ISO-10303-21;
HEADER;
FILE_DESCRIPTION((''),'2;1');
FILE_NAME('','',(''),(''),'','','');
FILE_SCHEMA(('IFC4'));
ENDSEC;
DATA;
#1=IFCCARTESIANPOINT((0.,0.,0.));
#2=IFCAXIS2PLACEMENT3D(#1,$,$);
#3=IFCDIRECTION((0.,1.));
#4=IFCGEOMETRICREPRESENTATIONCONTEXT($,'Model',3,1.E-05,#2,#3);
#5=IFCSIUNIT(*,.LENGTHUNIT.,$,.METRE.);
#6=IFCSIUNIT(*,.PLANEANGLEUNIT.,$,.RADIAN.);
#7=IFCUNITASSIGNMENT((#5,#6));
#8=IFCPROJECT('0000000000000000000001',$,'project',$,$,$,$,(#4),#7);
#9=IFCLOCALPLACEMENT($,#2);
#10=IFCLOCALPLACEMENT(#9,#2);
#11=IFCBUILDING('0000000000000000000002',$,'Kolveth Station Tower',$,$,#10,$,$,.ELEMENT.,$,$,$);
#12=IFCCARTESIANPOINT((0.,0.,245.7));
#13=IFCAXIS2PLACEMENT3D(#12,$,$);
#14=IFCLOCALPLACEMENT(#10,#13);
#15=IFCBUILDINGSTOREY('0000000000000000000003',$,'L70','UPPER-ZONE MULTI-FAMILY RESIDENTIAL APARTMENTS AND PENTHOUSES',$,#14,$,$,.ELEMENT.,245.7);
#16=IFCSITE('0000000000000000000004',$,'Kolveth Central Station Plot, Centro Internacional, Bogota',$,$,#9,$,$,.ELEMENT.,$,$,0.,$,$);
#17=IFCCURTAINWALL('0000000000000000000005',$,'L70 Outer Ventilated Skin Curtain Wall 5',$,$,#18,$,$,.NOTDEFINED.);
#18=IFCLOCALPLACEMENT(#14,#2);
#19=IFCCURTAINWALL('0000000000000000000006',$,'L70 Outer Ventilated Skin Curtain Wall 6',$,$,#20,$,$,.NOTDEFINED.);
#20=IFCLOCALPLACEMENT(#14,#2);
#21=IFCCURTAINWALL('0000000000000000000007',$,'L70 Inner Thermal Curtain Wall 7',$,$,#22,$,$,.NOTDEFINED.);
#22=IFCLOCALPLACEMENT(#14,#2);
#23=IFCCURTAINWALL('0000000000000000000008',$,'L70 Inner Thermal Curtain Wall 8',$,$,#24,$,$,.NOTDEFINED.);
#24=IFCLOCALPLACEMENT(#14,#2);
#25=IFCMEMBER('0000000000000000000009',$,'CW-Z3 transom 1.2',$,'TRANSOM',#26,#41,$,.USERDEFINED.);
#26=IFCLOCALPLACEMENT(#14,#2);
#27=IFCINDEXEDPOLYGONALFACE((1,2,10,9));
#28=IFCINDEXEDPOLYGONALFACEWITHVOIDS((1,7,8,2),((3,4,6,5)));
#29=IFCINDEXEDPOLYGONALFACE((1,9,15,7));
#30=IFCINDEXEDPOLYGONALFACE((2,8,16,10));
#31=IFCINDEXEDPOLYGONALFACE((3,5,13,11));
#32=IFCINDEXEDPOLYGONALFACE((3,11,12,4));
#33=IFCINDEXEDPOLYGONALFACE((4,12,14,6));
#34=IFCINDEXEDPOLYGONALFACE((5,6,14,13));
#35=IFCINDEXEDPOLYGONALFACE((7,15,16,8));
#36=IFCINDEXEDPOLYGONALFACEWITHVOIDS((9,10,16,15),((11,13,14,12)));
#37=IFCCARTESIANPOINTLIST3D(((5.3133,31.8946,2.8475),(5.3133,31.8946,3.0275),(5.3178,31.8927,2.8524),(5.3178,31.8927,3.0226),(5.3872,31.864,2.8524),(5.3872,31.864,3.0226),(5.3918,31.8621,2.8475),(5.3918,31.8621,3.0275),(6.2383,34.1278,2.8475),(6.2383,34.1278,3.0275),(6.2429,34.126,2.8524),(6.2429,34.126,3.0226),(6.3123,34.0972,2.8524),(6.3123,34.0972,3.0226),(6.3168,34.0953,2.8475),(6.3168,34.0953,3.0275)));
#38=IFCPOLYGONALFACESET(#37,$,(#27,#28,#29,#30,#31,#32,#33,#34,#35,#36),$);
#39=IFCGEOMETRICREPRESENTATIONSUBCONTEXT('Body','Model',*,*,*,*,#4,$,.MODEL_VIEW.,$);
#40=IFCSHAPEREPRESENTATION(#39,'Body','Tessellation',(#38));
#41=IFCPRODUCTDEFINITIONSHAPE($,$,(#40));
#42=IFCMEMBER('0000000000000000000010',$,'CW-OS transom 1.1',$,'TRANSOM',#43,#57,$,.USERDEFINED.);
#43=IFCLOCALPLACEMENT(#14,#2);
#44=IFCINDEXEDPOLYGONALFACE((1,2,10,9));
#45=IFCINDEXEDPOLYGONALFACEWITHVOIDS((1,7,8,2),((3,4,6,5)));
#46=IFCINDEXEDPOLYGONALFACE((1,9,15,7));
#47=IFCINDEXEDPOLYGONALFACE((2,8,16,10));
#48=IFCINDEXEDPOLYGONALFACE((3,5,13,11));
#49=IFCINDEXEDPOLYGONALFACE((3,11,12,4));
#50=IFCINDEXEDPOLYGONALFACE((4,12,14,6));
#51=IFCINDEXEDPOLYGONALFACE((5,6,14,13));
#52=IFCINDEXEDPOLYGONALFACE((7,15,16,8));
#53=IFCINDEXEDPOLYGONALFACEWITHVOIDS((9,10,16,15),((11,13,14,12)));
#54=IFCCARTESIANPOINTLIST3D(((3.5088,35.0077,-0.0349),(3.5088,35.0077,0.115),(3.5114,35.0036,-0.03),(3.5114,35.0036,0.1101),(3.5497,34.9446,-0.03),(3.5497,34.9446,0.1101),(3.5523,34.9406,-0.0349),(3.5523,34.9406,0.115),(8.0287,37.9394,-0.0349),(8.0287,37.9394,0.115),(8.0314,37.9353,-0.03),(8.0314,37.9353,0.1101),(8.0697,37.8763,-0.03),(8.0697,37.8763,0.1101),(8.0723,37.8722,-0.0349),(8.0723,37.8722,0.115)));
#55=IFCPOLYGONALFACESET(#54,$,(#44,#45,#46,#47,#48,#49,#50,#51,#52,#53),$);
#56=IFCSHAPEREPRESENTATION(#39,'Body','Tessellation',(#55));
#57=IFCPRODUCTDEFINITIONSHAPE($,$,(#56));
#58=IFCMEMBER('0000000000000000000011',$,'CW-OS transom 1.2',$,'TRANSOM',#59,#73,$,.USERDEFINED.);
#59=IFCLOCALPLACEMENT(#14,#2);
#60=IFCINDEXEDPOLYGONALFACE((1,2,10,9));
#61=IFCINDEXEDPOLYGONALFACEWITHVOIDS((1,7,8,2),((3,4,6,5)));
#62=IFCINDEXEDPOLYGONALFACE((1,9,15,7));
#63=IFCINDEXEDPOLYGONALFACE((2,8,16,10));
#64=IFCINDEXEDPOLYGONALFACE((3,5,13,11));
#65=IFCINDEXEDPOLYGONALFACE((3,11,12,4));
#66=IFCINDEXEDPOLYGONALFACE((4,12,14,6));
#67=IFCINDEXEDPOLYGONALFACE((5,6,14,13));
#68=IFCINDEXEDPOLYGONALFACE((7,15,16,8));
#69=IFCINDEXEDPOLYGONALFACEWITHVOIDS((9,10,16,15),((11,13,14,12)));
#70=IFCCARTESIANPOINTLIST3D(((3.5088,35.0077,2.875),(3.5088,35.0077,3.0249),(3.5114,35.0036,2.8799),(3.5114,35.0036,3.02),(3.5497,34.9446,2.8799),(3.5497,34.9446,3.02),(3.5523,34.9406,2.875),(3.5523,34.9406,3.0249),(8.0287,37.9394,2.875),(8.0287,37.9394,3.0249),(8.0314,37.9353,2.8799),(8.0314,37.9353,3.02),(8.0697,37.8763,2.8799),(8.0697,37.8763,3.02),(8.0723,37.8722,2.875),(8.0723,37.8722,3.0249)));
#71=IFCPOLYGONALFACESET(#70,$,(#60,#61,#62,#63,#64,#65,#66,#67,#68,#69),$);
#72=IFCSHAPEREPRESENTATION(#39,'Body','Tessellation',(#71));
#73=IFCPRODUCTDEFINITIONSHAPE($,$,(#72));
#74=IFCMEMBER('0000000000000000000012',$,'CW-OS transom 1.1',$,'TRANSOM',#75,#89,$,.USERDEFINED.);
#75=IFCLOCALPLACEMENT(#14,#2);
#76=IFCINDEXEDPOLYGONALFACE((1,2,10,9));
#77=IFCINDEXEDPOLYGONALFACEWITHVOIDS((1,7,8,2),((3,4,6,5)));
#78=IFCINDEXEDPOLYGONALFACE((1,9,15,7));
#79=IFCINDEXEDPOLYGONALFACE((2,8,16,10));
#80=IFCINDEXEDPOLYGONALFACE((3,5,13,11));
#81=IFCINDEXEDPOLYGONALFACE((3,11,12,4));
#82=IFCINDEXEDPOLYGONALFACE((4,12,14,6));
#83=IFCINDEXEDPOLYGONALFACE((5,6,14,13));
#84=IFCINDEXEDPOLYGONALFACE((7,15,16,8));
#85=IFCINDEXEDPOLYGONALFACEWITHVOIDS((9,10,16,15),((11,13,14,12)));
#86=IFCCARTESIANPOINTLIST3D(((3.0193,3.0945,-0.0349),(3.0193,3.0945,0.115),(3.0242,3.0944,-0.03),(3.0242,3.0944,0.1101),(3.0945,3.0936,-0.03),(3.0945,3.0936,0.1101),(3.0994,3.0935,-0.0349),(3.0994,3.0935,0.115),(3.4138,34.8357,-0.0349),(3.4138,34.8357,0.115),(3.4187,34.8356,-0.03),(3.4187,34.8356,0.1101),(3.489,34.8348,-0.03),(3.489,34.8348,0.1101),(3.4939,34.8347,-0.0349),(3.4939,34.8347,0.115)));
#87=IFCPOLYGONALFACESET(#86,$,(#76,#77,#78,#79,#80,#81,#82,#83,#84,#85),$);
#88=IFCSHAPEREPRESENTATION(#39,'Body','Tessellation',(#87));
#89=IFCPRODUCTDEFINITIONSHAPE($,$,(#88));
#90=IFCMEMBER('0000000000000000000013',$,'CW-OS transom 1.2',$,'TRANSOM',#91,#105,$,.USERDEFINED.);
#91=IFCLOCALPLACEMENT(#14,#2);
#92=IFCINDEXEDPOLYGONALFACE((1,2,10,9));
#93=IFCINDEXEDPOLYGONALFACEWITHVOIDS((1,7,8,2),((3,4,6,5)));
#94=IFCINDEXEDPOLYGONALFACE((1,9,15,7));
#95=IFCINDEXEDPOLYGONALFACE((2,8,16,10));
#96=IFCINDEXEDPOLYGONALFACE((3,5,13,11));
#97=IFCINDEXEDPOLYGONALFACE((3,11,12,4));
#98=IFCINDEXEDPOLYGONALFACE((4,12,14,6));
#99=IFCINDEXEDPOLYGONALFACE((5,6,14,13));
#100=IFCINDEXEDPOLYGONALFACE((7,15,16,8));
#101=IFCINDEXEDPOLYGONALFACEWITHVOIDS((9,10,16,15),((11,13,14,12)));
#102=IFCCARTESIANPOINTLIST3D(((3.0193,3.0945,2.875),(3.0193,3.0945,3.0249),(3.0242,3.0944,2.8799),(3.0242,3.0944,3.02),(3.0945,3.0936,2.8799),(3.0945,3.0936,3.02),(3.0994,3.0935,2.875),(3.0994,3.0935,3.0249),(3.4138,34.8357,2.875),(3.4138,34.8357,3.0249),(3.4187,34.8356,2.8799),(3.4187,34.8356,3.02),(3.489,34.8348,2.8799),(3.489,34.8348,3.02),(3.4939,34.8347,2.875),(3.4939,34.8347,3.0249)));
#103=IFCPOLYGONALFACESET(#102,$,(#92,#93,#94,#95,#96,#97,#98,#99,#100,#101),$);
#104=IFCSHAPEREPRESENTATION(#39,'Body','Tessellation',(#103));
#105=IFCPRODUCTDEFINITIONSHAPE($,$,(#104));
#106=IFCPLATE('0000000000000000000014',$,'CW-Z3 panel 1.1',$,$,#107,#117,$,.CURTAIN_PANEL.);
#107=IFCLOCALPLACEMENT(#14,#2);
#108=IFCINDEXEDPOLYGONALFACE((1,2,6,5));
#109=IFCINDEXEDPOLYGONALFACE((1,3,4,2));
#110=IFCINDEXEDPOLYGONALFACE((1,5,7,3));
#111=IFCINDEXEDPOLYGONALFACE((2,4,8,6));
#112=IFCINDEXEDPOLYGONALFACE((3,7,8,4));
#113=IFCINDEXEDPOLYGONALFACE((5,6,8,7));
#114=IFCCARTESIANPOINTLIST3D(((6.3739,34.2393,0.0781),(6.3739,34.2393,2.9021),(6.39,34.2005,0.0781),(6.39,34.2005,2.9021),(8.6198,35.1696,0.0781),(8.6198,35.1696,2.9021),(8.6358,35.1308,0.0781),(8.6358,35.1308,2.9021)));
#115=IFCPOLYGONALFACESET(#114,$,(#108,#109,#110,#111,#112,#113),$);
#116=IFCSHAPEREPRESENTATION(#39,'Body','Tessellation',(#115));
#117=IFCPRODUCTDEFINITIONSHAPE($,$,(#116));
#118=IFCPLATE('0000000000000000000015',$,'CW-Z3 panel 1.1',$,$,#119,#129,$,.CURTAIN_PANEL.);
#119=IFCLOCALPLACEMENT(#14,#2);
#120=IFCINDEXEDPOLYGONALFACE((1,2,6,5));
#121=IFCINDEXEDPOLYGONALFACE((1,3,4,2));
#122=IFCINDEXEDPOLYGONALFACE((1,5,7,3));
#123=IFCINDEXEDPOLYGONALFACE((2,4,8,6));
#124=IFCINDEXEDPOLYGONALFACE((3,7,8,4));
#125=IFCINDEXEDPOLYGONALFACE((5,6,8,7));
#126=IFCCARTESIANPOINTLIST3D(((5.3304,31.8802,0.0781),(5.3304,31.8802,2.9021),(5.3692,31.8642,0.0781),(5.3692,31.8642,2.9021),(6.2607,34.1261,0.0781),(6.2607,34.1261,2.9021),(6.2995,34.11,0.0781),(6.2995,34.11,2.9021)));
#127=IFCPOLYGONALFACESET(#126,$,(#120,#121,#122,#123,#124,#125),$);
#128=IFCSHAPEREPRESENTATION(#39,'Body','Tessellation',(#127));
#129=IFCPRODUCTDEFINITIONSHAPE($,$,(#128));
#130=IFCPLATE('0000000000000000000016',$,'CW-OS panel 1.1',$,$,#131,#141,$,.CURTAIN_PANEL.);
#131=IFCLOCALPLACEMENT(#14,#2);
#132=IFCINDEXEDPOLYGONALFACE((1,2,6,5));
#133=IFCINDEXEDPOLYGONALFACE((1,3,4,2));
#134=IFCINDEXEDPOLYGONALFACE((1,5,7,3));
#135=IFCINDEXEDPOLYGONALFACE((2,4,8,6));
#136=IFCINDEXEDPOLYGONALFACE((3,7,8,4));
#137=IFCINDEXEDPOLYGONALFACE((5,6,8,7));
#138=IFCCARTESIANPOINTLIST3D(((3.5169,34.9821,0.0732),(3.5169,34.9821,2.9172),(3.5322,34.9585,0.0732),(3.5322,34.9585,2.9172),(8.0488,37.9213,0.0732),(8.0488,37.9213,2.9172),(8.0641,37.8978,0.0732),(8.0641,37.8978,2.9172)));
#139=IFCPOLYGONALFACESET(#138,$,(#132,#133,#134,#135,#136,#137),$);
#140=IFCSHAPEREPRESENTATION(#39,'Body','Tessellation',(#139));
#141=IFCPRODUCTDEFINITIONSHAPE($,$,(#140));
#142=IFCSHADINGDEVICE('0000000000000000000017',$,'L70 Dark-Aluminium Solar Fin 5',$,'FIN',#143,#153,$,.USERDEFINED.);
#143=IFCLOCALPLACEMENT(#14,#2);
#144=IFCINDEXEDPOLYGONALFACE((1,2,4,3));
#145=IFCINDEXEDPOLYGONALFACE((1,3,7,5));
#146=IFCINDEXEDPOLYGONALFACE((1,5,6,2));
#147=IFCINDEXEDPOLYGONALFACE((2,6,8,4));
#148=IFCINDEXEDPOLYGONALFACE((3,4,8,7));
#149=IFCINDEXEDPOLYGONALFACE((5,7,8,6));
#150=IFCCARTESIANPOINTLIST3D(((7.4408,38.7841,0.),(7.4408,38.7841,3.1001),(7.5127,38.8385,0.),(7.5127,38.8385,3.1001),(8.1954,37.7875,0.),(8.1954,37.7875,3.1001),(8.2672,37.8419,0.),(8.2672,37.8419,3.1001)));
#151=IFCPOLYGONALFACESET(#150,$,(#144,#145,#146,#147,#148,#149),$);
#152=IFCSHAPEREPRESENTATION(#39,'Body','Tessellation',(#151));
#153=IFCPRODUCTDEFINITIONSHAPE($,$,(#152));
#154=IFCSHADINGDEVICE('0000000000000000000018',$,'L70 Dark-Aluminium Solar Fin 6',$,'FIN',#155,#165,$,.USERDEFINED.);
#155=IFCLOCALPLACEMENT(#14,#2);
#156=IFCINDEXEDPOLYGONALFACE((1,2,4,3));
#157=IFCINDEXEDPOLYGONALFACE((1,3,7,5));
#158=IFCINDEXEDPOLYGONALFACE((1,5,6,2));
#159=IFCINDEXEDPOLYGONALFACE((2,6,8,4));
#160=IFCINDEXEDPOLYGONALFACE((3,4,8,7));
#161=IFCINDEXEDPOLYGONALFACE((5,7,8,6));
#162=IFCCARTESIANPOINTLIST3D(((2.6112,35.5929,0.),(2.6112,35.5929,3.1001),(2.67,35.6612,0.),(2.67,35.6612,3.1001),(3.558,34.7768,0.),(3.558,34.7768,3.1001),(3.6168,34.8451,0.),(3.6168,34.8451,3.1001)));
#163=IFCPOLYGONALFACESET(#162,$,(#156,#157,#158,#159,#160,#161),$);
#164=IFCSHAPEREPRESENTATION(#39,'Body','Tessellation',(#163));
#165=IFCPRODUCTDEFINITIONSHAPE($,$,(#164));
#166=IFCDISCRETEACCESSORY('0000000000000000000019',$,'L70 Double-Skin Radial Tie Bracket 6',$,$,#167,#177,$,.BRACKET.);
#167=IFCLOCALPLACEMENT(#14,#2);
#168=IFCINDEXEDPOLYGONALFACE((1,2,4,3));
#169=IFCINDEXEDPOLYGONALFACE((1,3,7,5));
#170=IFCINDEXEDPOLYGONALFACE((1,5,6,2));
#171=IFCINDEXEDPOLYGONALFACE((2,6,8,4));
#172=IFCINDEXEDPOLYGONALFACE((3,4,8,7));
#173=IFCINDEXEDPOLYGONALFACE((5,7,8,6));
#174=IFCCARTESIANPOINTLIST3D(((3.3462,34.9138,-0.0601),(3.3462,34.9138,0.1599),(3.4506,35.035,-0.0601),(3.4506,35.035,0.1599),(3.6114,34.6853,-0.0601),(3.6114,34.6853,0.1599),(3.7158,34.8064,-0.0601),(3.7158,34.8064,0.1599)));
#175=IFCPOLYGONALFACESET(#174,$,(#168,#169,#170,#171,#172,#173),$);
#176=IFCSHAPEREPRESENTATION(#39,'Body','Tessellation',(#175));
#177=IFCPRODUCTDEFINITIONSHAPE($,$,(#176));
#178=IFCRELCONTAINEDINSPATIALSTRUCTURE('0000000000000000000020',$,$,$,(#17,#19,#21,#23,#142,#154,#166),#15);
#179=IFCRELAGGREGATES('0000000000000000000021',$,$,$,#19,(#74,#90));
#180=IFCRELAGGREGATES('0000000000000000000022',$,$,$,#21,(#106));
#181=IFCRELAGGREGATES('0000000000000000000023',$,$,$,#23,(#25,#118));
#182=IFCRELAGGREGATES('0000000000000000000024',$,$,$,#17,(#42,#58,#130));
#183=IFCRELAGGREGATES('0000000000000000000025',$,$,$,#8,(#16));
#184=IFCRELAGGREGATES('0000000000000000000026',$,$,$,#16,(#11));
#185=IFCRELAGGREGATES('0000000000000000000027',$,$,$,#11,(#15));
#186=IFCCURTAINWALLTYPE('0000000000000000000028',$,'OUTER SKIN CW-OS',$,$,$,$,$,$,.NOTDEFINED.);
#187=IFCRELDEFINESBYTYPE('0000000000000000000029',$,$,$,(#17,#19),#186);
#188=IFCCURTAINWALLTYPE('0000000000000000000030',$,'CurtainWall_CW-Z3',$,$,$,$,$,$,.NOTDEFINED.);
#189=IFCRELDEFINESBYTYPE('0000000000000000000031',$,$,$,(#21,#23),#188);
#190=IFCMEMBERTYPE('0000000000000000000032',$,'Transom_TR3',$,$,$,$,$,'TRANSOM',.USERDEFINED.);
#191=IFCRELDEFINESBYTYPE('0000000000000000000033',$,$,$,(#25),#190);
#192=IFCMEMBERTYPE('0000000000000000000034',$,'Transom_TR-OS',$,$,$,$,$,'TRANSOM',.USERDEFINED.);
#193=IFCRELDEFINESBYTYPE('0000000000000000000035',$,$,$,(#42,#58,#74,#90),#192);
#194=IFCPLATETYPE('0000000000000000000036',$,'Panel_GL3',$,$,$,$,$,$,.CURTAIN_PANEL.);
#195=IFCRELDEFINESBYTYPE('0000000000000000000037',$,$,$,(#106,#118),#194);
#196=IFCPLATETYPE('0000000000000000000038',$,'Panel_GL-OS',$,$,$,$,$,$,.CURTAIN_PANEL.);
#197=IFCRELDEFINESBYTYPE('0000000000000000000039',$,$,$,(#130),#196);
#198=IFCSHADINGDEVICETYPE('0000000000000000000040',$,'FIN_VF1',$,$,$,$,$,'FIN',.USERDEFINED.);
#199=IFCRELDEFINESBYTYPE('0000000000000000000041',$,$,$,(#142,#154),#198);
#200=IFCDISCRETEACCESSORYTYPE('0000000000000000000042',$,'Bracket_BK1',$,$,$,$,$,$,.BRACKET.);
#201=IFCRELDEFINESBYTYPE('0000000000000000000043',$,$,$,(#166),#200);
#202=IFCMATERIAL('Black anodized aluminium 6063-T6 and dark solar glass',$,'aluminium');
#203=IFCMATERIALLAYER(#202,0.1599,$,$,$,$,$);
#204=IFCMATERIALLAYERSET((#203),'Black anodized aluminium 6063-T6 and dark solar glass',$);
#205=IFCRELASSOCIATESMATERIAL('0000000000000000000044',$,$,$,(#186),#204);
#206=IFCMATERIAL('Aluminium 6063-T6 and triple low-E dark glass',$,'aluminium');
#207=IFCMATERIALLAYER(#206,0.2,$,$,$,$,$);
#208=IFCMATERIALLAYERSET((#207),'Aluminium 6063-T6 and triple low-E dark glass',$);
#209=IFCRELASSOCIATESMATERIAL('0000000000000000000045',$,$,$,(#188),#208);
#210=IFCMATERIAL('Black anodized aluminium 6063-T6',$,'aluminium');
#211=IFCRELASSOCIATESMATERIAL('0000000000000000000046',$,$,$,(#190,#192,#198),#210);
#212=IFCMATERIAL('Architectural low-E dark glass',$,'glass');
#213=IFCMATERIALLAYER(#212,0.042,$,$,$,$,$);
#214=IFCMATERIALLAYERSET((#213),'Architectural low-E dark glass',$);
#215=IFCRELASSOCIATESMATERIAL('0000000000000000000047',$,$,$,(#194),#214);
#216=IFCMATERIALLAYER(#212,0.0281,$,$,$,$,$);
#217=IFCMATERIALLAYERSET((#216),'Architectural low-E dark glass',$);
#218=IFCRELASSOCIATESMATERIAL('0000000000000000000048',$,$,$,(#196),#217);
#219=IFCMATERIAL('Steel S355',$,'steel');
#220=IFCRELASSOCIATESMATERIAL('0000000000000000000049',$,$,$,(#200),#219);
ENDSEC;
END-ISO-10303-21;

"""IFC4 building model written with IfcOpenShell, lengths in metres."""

from ifc_helpers import new_model, si_unit, direction, frame, origin, origin_2d, place, context, subcontext, project, spatial, rectangle, hollow_rectangle, extrude, source, transform, mapped, material, layer, layer_set, material_profile, profile_set, type_object, element, aggregate, save


model = new_model("IFC4")

# Units and contexts
model_context = context("Model", 3, precision=1e-05, world=origin(), true_north=direction((0.0, 1.0)))
body_context = subcontext(model_context, "Body", "Model", "MODEL_VIEW")
ifc_project = project(units=[si_unit("LENGTHUNIT", "METRE"), si_unit("PLANEANGLEUNIT", "RADIAN")], contexts=[model_context])

# Site, building, storey
site_placement = place(None, origin())
site = spatial("IfcSite", under=ifc_project, at=site_placement, Name="Kolveth Central Station Plot, Centro Internacional, Bogota", CompositionType="ELEMENT", RefElevation=0.0)
building_placement = place(site_placement, origin())
building = spatial("IfcBuilding", under=site, at=building_placement, Name="Kolveth Station Tower", CompositionType="ELEMENT")
storey_placement = place(building_placement, frame((0.0, 0.0, 245.7)))
storey = spatial("IfcBuildingStorey", under=building, at=storey_placement, Name="L70", Description="UPPER-ZONE MULTI-FAMILY RESIDENTIAL APARTMENTS AND PENTHOUSES", CompositionType="ELEMENT", Elevation=245.7)

# Curtain wall
ifc_material_1 = material(Name="Black anodized aluminium 6063-T6 and dark solar glass", Category="aluminium")
ifc_layer_1 = layer(ifc_material_1, 0.1599)
ifc_layer_set_1 = layer_set([ifc_layer_1], Name="Black anodized aluminium 6063-T6 and dark solar glass")
curtain_wall_type_1 = type_object("IfcCurtainWallType", Name="OUTER SKIN CW-OS", PredefinedType="NOTDEFINED", material=ifc_layer_set_1)
curtain_wall_1_placement = place(storey_placement, origin())
curtain_wall_1 = element("IfcCurtainWall", 1, at=curtain_wall_1_placement, inside=storey, type_object=curtain_wall_type_1, Name="L70 Outer Ventilated Skin Curtain Wall 5", PredefinedType="NOTDEFINED")
ifc_material_2 = material(Name="Black anodized aluminium 6063-T6", Category="aluminium")

# Curtain walls
curtain_wall_2_placement = place(storey_placement, origin())
curtain_wall_2 = element("IfcCurtainWall", 2, at=curtain_wall_2_placement, inside=storey, type_object=curtain_wall_type_1, Name="L70 Outer Ventilated Skin Curtain Wall 6", PredefinedType="NOTDEFINED")
ifc_material_3 = material(Name="Aluminium 6063-T6 and triple low-E dark glass", Category="aluminium")
ifc_layer_2 = layer(ifc_material_3, 0.2)
ifc_layer_set_2 = layer_set([ifc_layer_2], Name="Aluminium 6063-T6 and triple low-E dark glass")
curtain_wall_type_2 = type_object("IfcCurtainWallType", Name="CurtainWall_CW-Z3", PredefinedType="NOTDEFINED", material=ifc_layer_set_2)
curtain_wall_3_placement = place(storey_placement, origin())
curtain_wall_3 = element("IfcCurtainWall", 3, at=curtain_wall_3_placement, inside=storey, type_object=curtain_wall_type_2, Name="L70 Inner Thermal Curtain Wall 7", PredefinedType="NOTDEFINED")

# Curtain wall
curtain_wall_4_placement = place(storey_placement, origin())
curtain_wall_4 = element("IfcCurtainWall", 4, at=curtain_wall_4_placement, inside=storey, type_object=curtain_wall_type_2, Name="L70 Inner Thermal Curtain Wall 8", PredefinedType="NOTDEFINED")
ifc_material_profile_1 = material_profile(ifc_material_2, hollow_rectangle(XDim=0.085, YDim=0.1799, WallThickness=0.0049, at=origin_2d()), Name="ALU-85x180x5")
ifc_profile_set_1 = profile_set([ifc_material_profile_1], Name="Black anodized aluminium 6063-T6")
member_type_1 = type_object("IfcMemberType", Name="Transom_TR3", ElementType="TRANSOM", PredefinedType="USERDEFINED", material=ifc_profile_set_1)

# Members
shared_shape_1 = source(origin(), body_context, "Body", "SweptSolid", [
    extrude(hollow_rectangle(XDim=0.085, YDim=0.1799, WallThickness=0.0049, at=origin_2d()), origin(), (0.0, 0.0, 1.0), 2.4172),
])
member_1_placement = place(storey_placement, frame((6.2776, 34.1116, 2.9375), z_axis=(-0.3827, -0.923873, 0.0), x_axis=(0.923873, -0.3827, 0.0)))
member_1 = element("IfcMember", 5, at=member_1_placement, type_object=member_type_1, Name="CW-Z3 transom 1.2", ObjectType="TRANSOM", PredefinedType="USERDEFINED", context=body_context, shape_type="MappedRepresentation", body=[
    mapped(shared_shape_1, transform((0.0, 0.0, 0.0), x_axis=(1.0, 0.0, 0.0), y_axis=(0.0, 1.0, 0.0), z_axis=(0.0, 0.0, 1.0), scale=1.0)),
])
ifc_material_profile_2 = material_profile(ifc_material_2, hollow_rectangle(XDim=0.0801, YDim=0.1499, WallThickness=0.0049, at=origin_2d()), Name="ALU-80x150x5")
ifc_profile_set_2 = profile_set([ifc_material_profile_2], Name="Black anodized aluminium 6063-T6")
member_type_2 = type_object("IfcMemberType", Name="Transom_TR-OS", ElementType="TRANSOM", PredefinedType="USERDEFINED", material=ifc_profile_set_2)
shared_shape_2 = source(origin(), body_context, "Body", "SweptSolid", [
    extrude(hollow_rectangle(XDim=0.0801, YDim=0.1499, WallThickness=0.0049, at=origin_2d()), origin(), (0.0, 0.0, 1.0), 5.3875),
])
member_2_placement = place(storey_placement, frame((8.0505, 37.9058, 0.04), z_axis=(-0.838984, -0.544157, 0.0), x_axis=(0.544157, -0.838984, 0.0)))
member_2 = element("IfcMember", 6, at=member_2_placement, type_object=member_type_2, Name="CW-OS transom 1.1", ObjectType="TRANSOM", PredefinedType="USERDEFINED", context=body_context, shape_type="MappedRepresentation", body=[
    mapped(shared_shape_2, transform((0.0, 0.0, 0.0), x_axis=(1.0, 0.0, 0.0), y_axis=(0.0, 1.0, 0.0), z_axis=(0.0, 0.0, 1.0), scale=1.0)),
])
member_3_placement = place(storey_placement, frame((8.0505, 37.9058, 2.95), z_axis=(-0.838984, -0.544157, 0.0), x_axis=(0.544157, -0.838984, 0.0)))
member_3 = element("IfcMember", 7, at=member_3_placement, type_object=member_type_2, Name="CW-OS transom 1.2", ObjectType="TRANSOM", PredefinedType="USERDEFINED", context=body_context, shape_type="MappedRepresentation", body=[
    mapped(shared_shape_2, transform((0.0, 0.0, 0.0), x_axis=(1.0, 0.0, 0.0), y_axis=(0.0, 1.0, 0.0), z_axis=(0.0, 0.0, 1.0), scale=1.0)),
])
shared_shape_3 = source(origin(), body_context, "Body", "SweptSolid", [
    extrude(hollow_rectangle(XDim=0.0801, YDim=0.1499, WallThickness=0.0049, at=origin_2d()), origin(), (0.0, 0.0, 1.0), 31.7437),
])
member_4_placement = place(storey_placement, frame((3.4539, 34.8352, 0.04), z_axis=(-0.012429, -0.999923, 0.0), x_axis=(0.999923, -0.012429, 0.0)))
member_4 = element("IfcMember", 8, at=member_4_placement, type_object=member_type_2, Name="CW-OS transom 1.1", ObjectType="TRANSOM", PredefinedType="USERDEFINED", context=body_context, shape_type="MappedRepresentation", body=[
    mapped(shared_shape_3, transform((0.0, 0.0, 0.0), x_axis=(1.0, 0.0, 0.0), y_axis=(0.0, 1.0, 0.0), z_axis=(0.0, 0.0, 1.0), scale=1.0)),
])
member_5_placement = place(storey_placement, frame((3.4539, 34.8352, 2.95), z_axis=(-0.012429, -0.999923, 0.0), x_axis=(0.999923, -0.012429, 0.0)))
member_5 = element("IfcMember", 9, at=member_5_placement, type_object=member_type_2, Name="CW-OS transom 1.2", ObjectType="TRANSOM", PredefinedType="USERDEFINED", context=body_context, shape_type="MappedRepresentation", body=[
    mapped(shared_shape_3, transform((0.0, 0.0, 0.0), x_axis=(1.0, 0.0, 0.0), y_axis=(0.0, 1.0, 0.0), z_axis=(0.0, 0.0, 1.0), scale=1.0)),
])
aggregate(curtain_wall_2, [member_4, member_5])

# Plates
ifc_material_4 = material(Name="Architectural low-E dark glass", Category="glass")
ifc_layer_3 = layer(ifc_material_4, 0.042)
ifc_layer_set_3 = layer_set([ifc_layer_3], Name="Architectural low-E dark glass")
plate_type_1 = type_object("IfcPlateType", Name="Panel_GL3", PredefinedType="CURTAIN_PANEL", material=ifc_layer_set_3)
shared_shape_4 = source(origin(), body_context, "Body", "SweptSolid", [
    extrude(rectangle(XDim=2.4309, YDim=0.042, at=origin_2d()), origin(), (0.0, 0.0, 1.0), 2.824),
])
plate_1_placement = place(storey_placement, frame((7.5049, 34.6851, 0.0781), z_axis=(0.0, 0.0, 1.0), x_axis=(-0.923875, -0.382693, 0.0)))
plate_1 = element("IfcPlate", 10, at=plate_1_placement, type_object=plate_type_1, Name="CW-Z3 panel 1.1", PredefinedType="CURTAIN_PANEL", context=body_context, shape_type="MappedRepresentation", body=[
    mapped(shared_shape_4, transform((0.0, 0.0, 0.0), x_axis=(1.0, 0.0, 0.0), y_axis=(0.0, 1.0, 0.0), z_axis=(0.0, 0.0, 1.0), scale=1.0)),
])
aggregate(curtain_wall_3, [plate_1])
plate_2_placement = place(storey_placement, frame((5.8149, 32.9951, 0.0781), z_axis=(0.0, 0.0, 1.0), x_axis=(-0.382693, -0.923875, 0.0)))
plate_2 = element("IfcPlate", 11, at=plate_2_placement, type_object=plate_type_1, Name="CW-Z3 panel 1.1", PredefinedType="CURTAIN_PANEL", context=body_context, shape_type="MappedRepresentation", body=[
    mapped(shared_shape_4, transform((0.0, 0.0, 0.0), x_axis=(1.0, 0.0, 0.0), y_axis=(0.0, 1.0, 0.0), z_axis=(0.0, 0.0, 1.0), scale=1.0)),
])
aggregate(curtain_wall_4, [member_1, plate_2])
ifc_layer_4 = layer(ifc_material_4, 0.0281)
ifc_layer_set_4 = layer_set([ifc_layer_4], Name="Architectural low-E dark glass")
plate_type_2 = type_object("IfcPlateType", Name="Panel_GL-OS", PredefinedType="CURTAIN_PANEL", material=ifc_layer_set_4)
shared_shape_5 = source(origin(), body_context, "Body", "SweptSolid", [
    extrude(rectangle(XDim=5.4016, YDim=0.0281, at=origin_2d()), origin(), (0.0, 0.0, 1.0), 2.844),
])
plate_3_placement = place(storey_placement, frame((5.7905, 36.4399, 0.0732), z_axis=(0.0, 0.0, 1.0), x_axis=(-0.838994, -0.54414, 0.0)))
plate_3 = element("IfcPlate", 12, at=plate_3_placement, type_object=plate_type_2, Name="CW-OS panel 1.1", PredefinedType="CURTAIN_PANEL", context=body_context, shape_type="MappedRepresentation", body=[
    mapped(shared_shape_5, transform((0.0, 0.0, 0.0), x_axis=(1.0, 0.0, 0.0), y_axis=(0.0, 1.0, 0.0), z_axis=(0.0, 0.0, 1.0), scale=1.0)),
])
aggregate(curtain_wall_1, [member_2, member_3, plate_3])

# Shading devices
shading_device_type = type_object("IfcShadingDeviceType", Name="FIN_VF1", ElementType="FIN", PredefinedType="USERDEFINED", material=ifc_material_2)
shared_shape_6 = source(origin(), body_context, "Body", "SweptSolid", [
    extrude(rectangle(XDim=1.25, YDim=0.0901, at=origin_2d()), origin(), (0.0, 0.0, 1.0), 3.1001),
])
for number, where, z_axis, x_axis, name in (
    (13, (7.854, 38.313, 0.0), (0.0, 0.0, 1.0), (-0.603626, 0.797268, 0.0), "L70 Dark-Aluminium Solar Fin 5"),
    (14, (3.114, 35.219, 0.0), (0.0, 0.0, 1.0), (-0.757451, 0.652892, 0.0), "L70 Dark-Aluminium Solar Fin 6"),
):
    element("IfcShadingDevice", number, at=place(storey_placement, frame(where, z_axis=z_axis, x_axis=x_axis)), inside=storey, type_object=shading_device_type, Name=name, ObjectType="FIN", PredefinedType="USERDEFINED", context=body_context, shape_type="MappedRepresentation", body=[
        mapped(shared_shape_6, transform((0.0, 0.0, 0.0), x_axis=(1.0, 0.0, 0.0), y_axis=(0.0, 1.0, 0.0), z_axis=(0.0, 0.0, 1.0), scale=1.0)),
    ])

# Discrete accessory
ifc_material_5 = material(Name="Steel S355", Category="steel")
discrete_accessory_type = type_object("IfcDiscreteAccessoryType", Name="Bracket_BK1", PredefinedType="BRACKET", material=ifc_material_5)
shared_shape_7 = source(origin(), body_context, "Body", "SweptSolid", [
    extrude(rectangle(XDim=0.3501, YDim=0.1599, at=origin_2d()), origin(), (0.0, 0.0, 1.0), 0.22),
])
discrete_accessory_placement = place(storey_placement, frame((3.531, 34.8601, -0.0601), z_axis=(0.0, 0.0, 1.0), x_axis=(-0.757451, 0.652892, 0.0)))
element("IfcDiscreteAccessory", 15, at=discrete_accessory_placement, inside=storey, type_object=discrete_accessory_type, Name="L70 Double-Skin Radial Tie Bracket 6", PredefinedType="BRACKET", context=body_context, shape_type="MappedRepresentation", body=[
    mapped(shared_shape_7, transform((0.0, 0.0, 0.0), x_axis=(1.0, 0.0, 0.0), y_axis=(0.0, 1.0, 0.0), z_axis=(0.0, 0.0, 1.0), scale=1.0)),
])

save(model, "model.ifc")
